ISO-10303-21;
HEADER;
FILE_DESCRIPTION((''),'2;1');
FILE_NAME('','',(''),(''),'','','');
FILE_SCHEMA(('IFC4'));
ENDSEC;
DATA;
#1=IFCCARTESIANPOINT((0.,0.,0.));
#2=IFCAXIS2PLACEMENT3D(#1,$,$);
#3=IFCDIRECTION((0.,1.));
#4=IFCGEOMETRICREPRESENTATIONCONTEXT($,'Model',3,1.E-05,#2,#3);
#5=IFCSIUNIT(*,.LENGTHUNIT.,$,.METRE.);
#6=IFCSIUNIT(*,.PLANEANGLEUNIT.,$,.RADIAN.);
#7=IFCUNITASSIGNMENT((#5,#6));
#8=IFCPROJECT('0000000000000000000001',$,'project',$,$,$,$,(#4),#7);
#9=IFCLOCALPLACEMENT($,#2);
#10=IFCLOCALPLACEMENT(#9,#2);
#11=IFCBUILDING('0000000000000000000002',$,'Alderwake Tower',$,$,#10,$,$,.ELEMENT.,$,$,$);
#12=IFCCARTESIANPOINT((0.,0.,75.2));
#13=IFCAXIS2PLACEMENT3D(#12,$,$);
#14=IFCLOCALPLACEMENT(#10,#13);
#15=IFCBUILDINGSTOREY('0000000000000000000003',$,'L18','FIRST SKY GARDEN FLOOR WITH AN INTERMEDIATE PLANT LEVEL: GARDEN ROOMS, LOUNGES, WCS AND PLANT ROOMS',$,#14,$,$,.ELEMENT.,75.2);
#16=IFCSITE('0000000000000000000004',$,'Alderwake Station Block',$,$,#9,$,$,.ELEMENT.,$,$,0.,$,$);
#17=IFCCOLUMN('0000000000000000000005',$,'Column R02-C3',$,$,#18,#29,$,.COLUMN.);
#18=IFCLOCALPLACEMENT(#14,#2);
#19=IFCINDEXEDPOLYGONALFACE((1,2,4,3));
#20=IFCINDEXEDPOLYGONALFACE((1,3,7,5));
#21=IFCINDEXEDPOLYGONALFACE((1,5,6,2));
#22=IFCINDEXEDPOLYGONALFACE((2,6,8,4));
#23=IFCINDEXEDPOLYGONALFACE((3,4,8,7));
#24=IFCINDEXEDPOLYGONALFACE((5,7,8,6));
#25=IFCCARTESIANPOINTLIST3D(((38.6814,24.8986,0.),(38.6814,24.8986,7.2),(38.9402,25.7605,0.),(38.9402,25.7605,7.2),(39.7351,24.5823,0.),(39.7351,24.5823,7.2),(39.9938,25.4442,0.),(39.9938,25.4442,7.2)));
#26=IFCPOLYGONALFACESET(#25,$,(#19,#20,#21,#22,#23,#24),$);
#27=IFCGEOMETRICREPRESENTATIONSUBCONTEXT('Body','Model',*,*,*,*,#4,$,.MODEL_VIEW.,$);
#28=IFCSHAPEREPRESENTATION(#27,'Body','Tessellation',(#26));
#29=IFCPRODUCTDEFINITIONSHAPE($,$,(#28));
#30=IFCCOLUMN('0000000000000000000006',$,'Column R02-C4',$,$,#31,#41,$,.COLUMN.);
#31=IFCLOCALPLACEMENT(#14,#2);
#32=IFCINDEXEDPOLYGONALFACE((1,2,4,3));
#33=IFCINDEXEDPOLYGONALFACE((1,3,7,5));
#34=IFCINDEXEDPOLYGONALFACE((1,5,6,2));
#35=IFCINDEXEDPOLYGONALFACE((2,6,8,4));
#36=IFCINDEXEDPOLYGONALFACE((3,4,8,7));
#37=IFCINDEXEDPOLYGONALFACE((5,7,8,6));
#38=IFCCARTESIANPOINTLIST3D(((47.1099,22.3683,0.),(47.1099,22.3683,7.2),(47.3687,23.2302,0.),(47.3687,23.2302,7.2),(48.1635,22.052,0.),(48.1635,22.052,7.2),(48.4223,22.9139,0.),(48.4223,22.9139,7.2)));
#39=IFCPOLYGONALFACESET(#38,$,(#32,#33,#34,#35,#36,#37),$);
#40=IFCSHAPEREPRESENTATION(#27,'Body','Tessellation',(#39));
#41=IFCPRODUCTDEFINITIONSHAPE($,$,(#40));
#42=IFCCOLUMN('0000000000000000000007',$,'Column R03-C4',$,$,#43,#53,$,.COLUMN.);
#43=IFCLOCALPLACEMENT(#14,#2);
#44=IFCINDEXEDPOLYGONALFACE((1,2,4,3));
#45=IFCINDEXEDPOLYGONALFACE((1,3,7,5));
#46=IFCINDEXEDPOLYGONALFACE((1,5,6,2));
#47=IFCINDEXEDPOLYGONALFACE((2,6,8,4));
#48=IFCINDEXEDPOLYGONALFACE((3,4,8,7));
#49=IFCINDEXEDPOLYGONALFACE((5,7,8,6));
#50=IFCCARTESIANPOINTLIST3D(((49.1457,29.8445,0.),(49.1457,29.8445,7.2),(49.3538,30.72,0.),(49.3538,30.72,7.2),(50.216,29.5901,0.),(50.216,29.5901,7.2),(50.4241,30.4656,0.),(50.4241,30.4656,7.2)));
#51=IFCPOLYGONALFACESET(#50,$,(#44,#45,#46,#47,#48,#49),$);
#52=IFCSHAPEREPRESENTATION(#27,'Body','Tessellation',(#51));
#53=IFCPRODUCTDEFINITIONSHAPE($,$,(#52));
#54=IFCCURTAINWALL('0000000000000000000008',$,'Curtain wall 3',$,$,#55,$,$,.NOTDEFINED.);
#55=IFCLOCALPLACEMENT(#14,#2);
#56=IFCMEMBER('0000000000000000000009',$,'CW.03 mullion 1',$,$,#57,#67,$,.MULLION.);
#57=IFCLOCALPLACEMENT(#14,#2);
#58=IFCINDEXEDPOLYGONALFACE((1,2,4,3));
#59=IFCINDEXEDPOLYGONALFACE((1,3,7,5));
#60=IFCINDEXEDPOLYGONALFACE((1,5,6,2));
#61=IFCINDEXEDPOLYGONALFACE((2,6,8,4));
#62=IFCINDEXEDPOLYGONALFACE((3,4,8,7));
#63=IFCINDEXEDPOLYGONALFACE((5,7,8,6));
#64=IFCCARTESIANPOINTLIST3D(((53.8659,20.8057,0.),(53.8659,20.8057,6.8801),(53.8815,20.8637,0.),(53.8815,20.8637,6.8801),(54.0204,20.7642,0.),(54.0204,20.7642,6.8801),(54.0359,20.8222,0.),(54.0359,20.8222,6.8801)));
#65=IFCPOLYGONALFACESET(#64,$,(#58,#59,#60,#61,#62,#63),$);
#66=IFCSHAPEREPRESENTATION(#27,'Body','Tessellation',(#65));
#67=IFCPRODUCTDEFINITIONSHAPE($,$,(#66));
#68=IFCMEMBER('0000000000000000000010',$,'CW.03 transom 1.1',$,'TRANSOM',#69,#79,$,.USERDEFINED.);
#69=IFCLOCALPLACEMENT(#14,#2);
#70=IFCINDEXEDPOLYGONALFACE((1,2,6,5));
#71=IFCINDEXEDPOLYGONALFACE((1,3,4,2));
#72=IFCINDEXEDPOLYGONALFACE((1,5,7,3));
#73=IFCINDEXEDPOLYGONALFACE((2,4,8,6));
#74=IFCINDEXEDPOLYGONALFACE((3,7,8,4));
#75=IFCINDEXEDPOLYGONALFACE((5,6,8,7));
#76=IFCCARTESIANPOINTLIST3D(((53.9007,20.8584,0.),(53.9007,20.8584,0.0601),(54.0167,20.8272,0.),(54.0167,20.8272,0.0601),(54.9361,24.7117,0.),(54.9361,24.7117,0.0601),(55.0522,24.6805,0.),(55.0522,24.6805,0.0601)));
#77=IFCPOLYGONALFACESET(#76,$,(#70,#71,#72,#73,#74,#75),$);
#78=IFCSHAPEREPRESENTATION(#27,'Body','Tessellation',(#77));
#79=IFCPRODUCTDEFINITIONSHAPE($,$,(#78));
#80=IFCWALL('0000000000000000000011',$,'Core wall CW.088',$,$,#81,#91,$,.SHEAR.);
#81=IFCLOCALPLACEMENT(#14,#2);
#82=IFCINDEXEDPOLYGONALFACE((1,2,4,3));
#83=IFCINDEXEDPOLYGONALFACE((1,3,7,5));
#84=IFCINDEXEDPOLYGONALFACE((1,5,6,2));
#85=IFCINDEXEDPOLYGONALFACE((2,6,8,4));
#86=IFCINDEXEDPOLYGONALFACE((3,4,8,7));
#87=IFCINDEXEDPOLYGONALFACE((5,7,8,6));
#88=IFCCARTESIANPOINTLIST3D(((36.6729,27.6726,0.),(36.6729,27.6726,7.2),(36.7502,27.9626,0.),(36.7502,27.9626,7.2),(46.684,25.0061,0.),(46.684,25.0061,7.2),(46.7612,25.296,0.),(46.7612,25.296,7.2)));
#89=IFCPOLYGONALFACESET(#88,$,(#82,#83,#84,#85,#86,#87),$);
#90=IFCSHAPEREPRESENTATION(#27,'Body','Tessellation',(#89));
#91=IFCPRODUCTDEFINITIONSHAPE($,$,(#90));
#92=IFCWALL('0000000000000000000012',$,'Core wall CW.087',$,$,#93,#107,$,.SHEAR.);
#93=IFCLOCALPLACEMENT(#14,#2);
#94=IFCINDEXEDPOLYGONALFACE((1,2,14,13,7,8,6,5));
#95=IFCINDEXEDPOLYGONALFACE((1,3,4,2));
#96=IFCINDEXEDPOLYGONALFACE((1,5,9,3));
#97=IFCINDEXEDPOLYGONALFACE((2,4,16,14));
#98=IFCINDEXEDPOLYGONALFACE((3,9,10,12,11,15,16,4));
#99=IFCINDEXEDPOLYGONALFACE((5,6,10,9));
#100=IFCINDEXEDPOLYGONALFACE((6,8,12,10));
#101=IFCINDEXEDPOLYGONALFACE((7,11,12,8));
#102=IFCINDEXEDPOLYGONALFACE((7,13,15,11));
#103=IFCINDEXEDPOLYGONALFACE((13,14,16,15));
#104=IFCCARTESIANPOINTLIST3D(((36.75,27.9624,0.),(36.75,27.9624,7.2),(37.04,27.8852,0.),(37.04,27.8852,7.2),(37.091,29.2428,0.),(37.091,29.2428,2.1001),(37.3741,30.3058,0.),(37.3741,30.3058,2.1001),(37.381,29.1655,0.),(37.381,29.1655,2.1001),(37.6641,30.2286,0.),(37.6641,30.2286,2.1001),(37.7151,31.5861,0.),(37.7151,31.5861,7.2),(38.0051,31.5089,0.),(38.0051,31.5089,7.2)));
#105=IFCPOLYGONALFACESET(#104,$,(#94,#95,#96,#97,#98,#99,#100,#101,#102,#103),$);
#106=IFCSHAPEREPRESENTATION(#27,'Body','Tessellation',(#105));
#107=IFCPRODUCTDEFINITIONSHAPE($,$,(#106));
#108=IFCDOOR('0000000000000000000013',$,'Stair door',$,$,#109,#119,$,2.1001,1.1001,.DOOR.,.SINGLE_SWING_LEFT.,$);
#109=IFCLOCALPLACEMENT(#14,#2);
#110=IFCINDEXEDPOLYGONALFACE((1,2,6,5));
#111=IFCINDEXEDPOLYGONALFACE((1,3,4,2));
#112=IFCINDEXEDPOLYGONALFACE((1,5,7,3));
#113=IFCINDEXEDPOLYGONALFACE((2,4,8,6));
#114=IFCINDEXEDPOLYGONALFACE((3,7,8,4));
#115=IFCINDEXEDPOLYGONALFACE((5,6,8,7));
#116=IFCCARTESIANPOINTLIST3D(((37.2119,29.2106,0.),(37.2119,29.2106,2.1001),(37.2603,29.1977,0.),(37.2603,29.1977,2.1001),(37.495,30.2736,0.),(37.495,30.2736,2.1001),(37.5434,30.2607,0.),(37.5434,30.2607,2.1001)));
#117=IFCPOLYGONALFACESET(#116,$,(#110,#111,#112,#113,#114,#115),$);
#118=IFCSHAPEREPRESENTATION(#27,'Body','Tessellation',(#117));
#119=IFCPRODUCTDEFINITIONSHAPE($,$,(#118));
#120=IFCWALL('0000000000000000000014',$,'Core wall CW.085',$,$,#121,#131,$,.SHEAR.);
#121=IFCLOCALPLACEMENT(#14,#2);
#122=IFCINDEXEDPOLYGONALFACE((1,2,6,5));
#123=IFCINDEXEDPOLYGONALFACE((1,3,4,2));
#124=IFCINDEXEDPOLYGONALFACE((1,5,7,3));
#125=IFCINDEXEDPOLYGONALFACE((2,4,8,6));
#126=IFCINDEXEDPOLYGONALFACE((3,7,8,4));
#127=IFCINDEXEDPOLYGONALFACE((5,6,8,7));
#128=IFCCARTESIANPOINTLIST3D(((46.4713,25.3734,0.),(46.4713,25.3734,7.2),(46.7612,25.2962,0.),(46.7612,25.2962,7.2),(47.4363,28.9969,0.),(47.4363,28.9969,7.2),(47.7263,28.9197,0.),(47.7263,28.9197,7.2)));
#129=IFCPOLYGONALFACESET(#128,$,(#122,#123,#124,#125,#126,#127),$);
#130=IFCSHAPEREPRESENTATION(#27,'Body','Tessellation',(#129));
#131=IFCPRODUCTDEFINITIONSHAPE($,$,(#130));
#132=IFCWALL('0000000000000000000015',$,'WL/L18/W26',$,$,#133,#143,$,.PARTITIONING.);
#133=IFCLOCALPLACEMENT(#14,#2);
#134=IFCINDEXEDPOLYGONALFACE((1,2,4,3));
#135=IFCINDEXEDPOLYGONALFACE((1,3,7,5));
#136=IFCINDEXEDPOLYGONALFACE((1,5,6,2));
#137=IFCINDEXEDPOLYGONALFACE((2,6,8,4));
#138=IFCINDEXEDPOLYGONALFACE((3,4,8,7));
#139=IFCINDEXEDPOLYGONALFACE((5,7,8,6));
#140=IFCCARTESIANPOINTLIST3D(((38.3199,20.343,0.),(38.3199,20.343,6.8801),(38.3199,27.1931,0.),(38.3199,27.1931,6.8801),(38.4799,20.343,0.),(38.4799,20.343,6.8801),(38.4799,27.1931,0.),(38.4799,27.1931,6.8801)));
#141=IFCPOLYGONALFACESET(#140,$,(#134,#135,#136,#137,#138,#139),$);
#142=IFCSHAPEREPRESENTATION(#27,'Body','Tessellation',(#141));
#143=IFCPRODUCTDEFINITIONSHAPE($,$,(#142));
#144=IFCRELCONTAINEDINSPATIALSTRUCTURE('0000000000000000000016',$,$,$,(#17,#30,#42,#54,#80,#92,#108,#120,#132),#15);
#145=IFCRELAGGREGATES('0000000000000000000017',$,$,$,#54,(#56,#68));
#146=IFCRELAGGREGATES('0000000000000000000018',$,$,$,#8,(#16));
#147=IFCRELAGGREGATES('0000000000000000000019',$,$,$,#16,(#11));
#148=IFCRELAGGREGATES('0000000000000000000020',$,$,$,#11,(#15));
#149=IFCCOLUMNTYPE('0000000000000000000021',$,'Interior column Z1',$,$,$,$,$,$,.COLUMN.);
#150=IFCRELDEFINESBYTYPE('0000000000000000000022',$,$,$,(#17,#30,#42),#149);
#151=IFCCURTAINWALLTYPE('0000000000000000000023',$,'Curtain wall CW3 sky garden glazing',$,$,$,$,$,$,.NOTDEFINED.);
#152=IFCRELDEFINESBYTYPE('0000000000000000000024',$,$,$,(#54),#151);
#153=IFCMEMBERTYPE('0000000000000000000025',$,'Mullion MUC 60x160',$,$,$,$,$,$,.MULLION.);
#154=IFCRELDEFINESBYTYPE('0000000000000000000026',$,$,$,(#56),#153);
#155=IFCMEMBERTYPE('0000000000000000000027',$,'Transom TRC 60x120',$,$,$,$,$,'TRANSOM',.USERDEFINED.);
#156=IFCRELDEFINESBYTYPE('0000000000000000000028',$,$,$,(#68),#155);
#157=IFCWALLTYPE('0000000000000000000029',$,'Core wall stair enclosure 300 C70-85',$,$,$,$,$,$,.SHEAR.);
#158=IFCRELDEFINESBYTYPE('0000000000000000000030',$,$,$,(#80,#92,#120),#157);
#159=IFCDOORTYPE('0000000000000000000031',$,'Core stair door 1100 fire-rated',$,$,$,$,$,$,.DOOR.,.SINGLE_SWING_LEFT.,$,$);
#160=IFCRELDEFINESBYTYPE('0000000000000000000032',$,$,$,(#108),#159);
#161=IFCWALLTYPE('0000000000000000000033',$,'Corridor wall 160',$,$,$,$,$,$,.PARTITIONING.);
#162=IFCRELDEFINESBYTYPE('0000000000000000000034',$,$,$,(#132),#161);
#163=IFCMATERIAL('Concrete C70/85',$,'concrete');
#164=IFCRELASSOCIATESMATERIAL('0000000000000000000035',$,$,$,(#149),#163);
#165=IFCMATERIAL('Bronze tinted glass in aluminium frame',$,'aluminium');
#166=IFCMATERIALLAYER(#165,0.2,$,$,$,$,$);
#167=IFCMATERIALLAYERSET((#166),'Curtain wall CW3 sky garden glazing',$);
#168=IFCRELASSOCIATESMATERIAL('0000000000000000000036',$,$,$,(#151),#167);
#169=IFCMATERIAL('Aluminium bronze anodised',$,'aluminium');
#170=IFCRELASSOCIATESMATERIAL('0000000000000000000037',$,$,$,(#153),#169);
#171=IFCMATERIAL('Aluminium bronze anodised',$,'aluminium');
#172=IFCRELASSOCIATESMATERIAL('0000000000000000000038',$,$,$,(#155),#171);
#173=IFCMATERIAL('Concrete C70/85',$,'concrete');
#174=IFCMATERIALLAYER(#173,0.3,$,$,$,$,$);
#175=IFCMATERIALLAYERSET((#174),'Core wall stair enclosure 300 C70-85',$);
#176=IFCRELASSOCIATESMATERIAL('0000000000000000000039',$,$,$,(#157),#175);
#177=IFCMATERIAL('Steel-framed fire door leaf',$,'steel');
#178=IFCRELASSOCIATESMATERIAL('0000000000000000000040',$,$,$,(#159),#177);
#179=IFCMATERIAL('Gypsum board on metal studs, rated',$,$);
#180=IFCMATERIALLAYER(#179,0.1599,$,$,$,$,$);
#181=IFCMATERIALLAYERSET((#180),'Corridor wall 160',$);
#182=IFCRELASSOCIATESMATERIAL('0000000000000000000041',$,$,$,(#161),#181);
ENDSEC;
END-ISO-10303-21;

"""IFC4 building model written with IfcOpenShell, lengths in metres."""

from ifc_helpers import new_model, si_unit, direction, frame, frame_2d, origin, origin_2d, place, context, subcontext, project, spatial, rectangle, extrude, material, layer, layer_set, material_profile, profile_set, type_object, element, fill, aggregate, save


model = new_model("IFC4")

# Units and contexts
model_context = context("Model", 3, precision=1e-05, world=origin(), true_north=direction((0.0, 1.0)))
body_context = subcontext(model_context, "Body", "Model", "MODEL_VIEW")
ifc_project = project(units=[si_unit("LENGTHUNIT", "METRE"), si_unit("PLANEANGLEUNIT", "RADIAN")], contexts=[model_context])

# Site, building, storey
site_placement = place(None, origin())
site = spatial("IfcSite", under=ifc_project, at=site_placement, Name="Alderwake Station Block", CompositionType="ELEMENT", RefElevation=0.0)
building_placement = place(site_placement, origin())
building = spatial("IfcBuilding", under=site, at=building_placement, Name="Alderwake Tower", CompositionType="ELEMENT")
storey_placement = place(building_placement, frame((0.0, 0.0, 75.2)))
storey = spatial("IfcBuildingStorey", under=building, at=storey_placement, Name="L18", Description="FIRST SKY GARDEN FLOOR WITH AN INTERMEDIATE PLANT LEVEL: GARDEN ROOMS, LOUNGES, WCS AND PLANT ROOMS", CompositionType="ELEMENT", Elevation=75.2)

# Columns
ifc_material_1 = material(Name="Concrete C70/85", Category="concrete")
ifc_material_profile_1 = material_profile(ifc_material_1, rectangle(XDim=0.8999, YDim=1.1001, at=origin_2d()), Name="RC 1100X900")
ifc_profile_set_1 = profile_set([ifc_material_profile_1], Name="Concrete C70/85")
column_type = type_object("IfcColumnType", Name="Interior column Z1", PredefinedType="COLUMN", material=ifc_profile_set_1)
for number, where, z_axis, x_axis, name in (
    (1, (39.3376, 25.1714, 0.0), (0.0, 0.0, 1.0), (0.287549, 0.957766, 0.0), "Column R02-C3"),
    (2, (47.7661, 22.6411, 0.0), (0.0, 0.0, 1.0), (0.287549, 0.957766, 0.0), "Column R02-C4"),
    (3, (49.7849, 30.155, 0.0), (0.0, 0.0, 1.0), (0.231222, 0.972901, 0.0), "Column R03-C4"),
):
    element("IfcColumn", number, at=place(storey_placement, frame(where, z_axis=z_axis, x_axis=x_axis)), inside=storey, type_object=column_type, Name=name, PredefinedType="COLUMN", context=body_context, shape_type="SweptSolid", body=[
        extrude(rectangle(XDim=0.8999, YDim=1.1001, at=origin_2d()), origin(), (0.0, 0.0, 1.0), 7.2),
    ])

# Curtain wall, members
ifc_material_2 = material(Name="Bronze tinted glass in aluminium frame", Category="aluminium")
ifc_layer_1 = layer(ifc_material_2, 0.2)
ifc_layer_set_1 = layer_set([ifc_layer_1], Name="Curtain wall CW3 sky garden glazing")
curtain_wall_type = type_object("IfcCurtainWallType", Name="Curtain wall CW3 sky garden glazing", PredefinedType="NOTDEFINED", material=ifc_layer_set_1)
curtain_wall_placement = place(storey_placement, origin())
curtain_wall = element("IfcCurtainWall", 4, at=curtain_wall_placement, inside=storey, type_object=curtain_wall_type, Name="Curtain wall 3", PredefinedType="NOTDEFINED")
ifc_material_3 = material(Name="Aluminium bronze anodised", Category="aluminium")
ifc_material_profile_2 = material_profile(ifc_material_3, rectangle(XDim=0.1599, YDim=0.0601, at=origin_2d()), Name="Mullion MUC 60x160")
ifc_profile_set_2 = profile_set([ifc_material_profile_2], Name="Aluminium bronze anodised")
member_type_1 = type_object("IfcMemberType", Name="Mullion MUC 60x160", PredefinedType="MULLION", material=ifc_profile_set_2)
member_1_placement = place(storey_placement, frame((53.9509, 20.814, 0.0), z_axis=(0.0, 0.0, 1.0), x_axis=(-0.965745, 0.259494, 0.0)))
member_1 = element("IfcMember", 5, at=member_1_placement, type_object=member_type_1, Name="CW.03 mullion 1", PredefinedType="MULLION", context=body_context, shape_type="SweptSolid", body=[
    extrude(rectangle(XDim=0.1599, YDim=0.0601, at=origin_2d()), origin(), (0.0, 0.0, 1.0), 6.8801),
])
ifc_material_4 = material(Name="Aluminium bronze anodised", Category="aluminium")
ifc_material_profile_3 = material_profile(ifc_material_4, rectangle(XDim=0.1201, YDim=0.0601, at=origin_2d()), Name="Transom TRC 60x120")
ifc_profile_set_3 = profile_set([ifc_material_profile_3], Name="Aluminium bronze anodised")
member_type_2 = type_object("IfcMemberType", Name="Transom TRC 60x120", ElementType="TRANSOM", PredefinedType="USERDEFINED", material=ifc_profile_set_3)
member_2_placement = place(storey_placement, frame((53.9587, 20.8428, 0.03), z_axis=(0.259502, 0.965743, 0.0), x_axis=(-0.965743, 0.259502, 0.0)))
member_2 = element("IfcMember", 6, at=member_2_placement, type_object=member_type_2, Name="CW.03 transom 1.1", ObjectType="TRANSOM", PredefinedType="USERDEFINED", context=body_context, shape_type="SweptSolid", body=[
    extrude(rectangle(XDim=0.1201, YDim=0.0601, at=origin_2d()), origin(), (0.0, 0.0, 1.0), 3.99),
])
aggregate(curtain_wall, [member_1, member_2])

# Wall
ifc_material_5 = material(Name="Concrete C70/85", Category="concrete")
ifc_layer_2 = layer(ifc_material_5, 0.3)
ifc_layer_set_2 = layer_set([ifc_layer_2], Name="Core wall stair enclosure 300 C70-85")
wall_type_1 = type_object("IfcWallType", Name="Core wall stair enclosure 300 C70-85", PredefinedType="SHEAR", material=ifc_layer_set_2)
wall_1_placement = place(storey_placement, frame((36.7114, 27.8176, 0.0), z_axis=(0.0, 0.0, 1.0), x_axis=(0.966309, -0.257384, 0.0)))
element("IfcWall", 7, at=wall_1_placement, inside=storey, type_object=wall_type_1, Name="Core wall CW.088", PredefinedType="SHEAR", context=body_context, shape_type="SweptSolid", body=[
    extrude(rectangle(XDim=10.3601, YDim=0.3, at=frame_2d((5.1802, 0.0))), origin(), (0.0, 0.0, 1.0), 7.2),
])

# Wall, opening, door
wall_2_placement = place(storey_placement, frame((36.895, 27.9238, 0.0), z_axis=(0.0, 0.0, 1.0), x_axis=(0.257351, 0.966318, 0.0)))
wall_2 = element("IfcWall", 8, at=wall_2_placement, inside=storey, type_object=wall_type_1, Name="Core wall CW.087", PredefinedType="SHEAR", context=body_context, shape_type="SweptSolid", body=[
    extrude(rectangle(XDim=3.75, YDim=0.3, at=frame_2d((1.875, 0.0))), origin(), (0.0, 0.0, 1.0), 7.2),
])
opening_placement = place(wall_2_placement, frame((1.325, 0.0, 0.0)))
opening = element("IfcOpeningElement", 9, at=opening_placement, cuts=wall_2, PredefinedType="OPENING", context=body_context, shape_type="SweptSolid", body=[
    extrude(rectangle(XDim=1.1001, YDim=2.1001, at=frame_2d((0.55, 1.05))), frame((0.0, 0.1599, 0.0), z_axis=(0.0, -1.0, 0.0), x_axis=(1.0, 0.0, 0.0)), (0.0, 0.0, 1.0), 0.3201),
])
ifc_material_6 = material(Name="Steel-framed fire door leaf", Category="steel")
door_type = type_object("IfcDoorType", Name="Core stair door 1100 fire-rated", OperationType="SINGLE_SWING_LEFT", PredefinedType="DOOR", material=ifc_material_6)
door_placement = place(opening_placement, origin())
door = element("IfcDoor", 10, at=door_placement, inside=storey, type_object=door_type, Name="Stair door", OperationType="SINGLE_SWING_LEFT", OverallHeight=2.1001, OverallWidth=1.1001, PredefinedType="DOOR", context=body_context, shape_type="SweptSolid", body=[
    extrude(rectangle(XDim=1.1001, YDim=2.1001, at=frame_2d((0.55, 1.05))), frame((0.0, 0.0249, 0.0), z_axis=(0.0, -1.0, 0.0), x_axis=(1.0, 0.0, 0.0)), (0.0, 0.0, 1.0), 0.05),
])
fill(opening, door)

# Walls
wall_3_placement = place(storey_placement, frame((46.6162, 25.3347, 0.0), z_axis=(0.0, 0.0, 1.0), x_axis=(0.257367, 0.966314, 0.0)))
element("IfcWall", 11, at=wall_3_placement, inside=storey, type_object=wall_type_1, Name="Core wall CW.085", PredefinedType="SHEAR", context=body_context, shape_type="SweptSolid", body=[
    extrude(rectangle(XDim=3.7498, YDim=0.3, at=frame_2d((1.875, 0.0))), origin(), (0.0, 0.0, 1.0), 7.2),
])
ifc_material_7 = material(Name="Gypsum board on metal studs, rated")
ifc_layer_3 = layer(ifc_material_7, 0.1599)
ifc_layer_set_3 = layer_set([ifc_layer_3], Name="Corridor wall 160")
wall_type_2 = type_object("IfcWallType", Name="Corridor wall 160", PredefinedType="PARTITIONING", material=ifc_layer_set_3)
wall_4_placement = place(storey_placement, frame((38.3999, 20.343, 0.0), z_axis=(0.0, 0.0, 1.0), x_axis=(0.0, 1.0, 0.0)))
element("IfcWall", 12, at=wall_4_placement, inside=storey, type_object=wall_type_2, Name="WL/L18/W26", PredefinedType="PARTITIONING", context=body_context, shape_type="SweptSolid", body=[
    extrude(rectangle(XDim=6.8501, YDim=0.1599, at=frame_2d((3.425, 0.0))), origin(), (0.0, 0.0, 1.0), 6.8801),
])

save(model, "model.ifc")
